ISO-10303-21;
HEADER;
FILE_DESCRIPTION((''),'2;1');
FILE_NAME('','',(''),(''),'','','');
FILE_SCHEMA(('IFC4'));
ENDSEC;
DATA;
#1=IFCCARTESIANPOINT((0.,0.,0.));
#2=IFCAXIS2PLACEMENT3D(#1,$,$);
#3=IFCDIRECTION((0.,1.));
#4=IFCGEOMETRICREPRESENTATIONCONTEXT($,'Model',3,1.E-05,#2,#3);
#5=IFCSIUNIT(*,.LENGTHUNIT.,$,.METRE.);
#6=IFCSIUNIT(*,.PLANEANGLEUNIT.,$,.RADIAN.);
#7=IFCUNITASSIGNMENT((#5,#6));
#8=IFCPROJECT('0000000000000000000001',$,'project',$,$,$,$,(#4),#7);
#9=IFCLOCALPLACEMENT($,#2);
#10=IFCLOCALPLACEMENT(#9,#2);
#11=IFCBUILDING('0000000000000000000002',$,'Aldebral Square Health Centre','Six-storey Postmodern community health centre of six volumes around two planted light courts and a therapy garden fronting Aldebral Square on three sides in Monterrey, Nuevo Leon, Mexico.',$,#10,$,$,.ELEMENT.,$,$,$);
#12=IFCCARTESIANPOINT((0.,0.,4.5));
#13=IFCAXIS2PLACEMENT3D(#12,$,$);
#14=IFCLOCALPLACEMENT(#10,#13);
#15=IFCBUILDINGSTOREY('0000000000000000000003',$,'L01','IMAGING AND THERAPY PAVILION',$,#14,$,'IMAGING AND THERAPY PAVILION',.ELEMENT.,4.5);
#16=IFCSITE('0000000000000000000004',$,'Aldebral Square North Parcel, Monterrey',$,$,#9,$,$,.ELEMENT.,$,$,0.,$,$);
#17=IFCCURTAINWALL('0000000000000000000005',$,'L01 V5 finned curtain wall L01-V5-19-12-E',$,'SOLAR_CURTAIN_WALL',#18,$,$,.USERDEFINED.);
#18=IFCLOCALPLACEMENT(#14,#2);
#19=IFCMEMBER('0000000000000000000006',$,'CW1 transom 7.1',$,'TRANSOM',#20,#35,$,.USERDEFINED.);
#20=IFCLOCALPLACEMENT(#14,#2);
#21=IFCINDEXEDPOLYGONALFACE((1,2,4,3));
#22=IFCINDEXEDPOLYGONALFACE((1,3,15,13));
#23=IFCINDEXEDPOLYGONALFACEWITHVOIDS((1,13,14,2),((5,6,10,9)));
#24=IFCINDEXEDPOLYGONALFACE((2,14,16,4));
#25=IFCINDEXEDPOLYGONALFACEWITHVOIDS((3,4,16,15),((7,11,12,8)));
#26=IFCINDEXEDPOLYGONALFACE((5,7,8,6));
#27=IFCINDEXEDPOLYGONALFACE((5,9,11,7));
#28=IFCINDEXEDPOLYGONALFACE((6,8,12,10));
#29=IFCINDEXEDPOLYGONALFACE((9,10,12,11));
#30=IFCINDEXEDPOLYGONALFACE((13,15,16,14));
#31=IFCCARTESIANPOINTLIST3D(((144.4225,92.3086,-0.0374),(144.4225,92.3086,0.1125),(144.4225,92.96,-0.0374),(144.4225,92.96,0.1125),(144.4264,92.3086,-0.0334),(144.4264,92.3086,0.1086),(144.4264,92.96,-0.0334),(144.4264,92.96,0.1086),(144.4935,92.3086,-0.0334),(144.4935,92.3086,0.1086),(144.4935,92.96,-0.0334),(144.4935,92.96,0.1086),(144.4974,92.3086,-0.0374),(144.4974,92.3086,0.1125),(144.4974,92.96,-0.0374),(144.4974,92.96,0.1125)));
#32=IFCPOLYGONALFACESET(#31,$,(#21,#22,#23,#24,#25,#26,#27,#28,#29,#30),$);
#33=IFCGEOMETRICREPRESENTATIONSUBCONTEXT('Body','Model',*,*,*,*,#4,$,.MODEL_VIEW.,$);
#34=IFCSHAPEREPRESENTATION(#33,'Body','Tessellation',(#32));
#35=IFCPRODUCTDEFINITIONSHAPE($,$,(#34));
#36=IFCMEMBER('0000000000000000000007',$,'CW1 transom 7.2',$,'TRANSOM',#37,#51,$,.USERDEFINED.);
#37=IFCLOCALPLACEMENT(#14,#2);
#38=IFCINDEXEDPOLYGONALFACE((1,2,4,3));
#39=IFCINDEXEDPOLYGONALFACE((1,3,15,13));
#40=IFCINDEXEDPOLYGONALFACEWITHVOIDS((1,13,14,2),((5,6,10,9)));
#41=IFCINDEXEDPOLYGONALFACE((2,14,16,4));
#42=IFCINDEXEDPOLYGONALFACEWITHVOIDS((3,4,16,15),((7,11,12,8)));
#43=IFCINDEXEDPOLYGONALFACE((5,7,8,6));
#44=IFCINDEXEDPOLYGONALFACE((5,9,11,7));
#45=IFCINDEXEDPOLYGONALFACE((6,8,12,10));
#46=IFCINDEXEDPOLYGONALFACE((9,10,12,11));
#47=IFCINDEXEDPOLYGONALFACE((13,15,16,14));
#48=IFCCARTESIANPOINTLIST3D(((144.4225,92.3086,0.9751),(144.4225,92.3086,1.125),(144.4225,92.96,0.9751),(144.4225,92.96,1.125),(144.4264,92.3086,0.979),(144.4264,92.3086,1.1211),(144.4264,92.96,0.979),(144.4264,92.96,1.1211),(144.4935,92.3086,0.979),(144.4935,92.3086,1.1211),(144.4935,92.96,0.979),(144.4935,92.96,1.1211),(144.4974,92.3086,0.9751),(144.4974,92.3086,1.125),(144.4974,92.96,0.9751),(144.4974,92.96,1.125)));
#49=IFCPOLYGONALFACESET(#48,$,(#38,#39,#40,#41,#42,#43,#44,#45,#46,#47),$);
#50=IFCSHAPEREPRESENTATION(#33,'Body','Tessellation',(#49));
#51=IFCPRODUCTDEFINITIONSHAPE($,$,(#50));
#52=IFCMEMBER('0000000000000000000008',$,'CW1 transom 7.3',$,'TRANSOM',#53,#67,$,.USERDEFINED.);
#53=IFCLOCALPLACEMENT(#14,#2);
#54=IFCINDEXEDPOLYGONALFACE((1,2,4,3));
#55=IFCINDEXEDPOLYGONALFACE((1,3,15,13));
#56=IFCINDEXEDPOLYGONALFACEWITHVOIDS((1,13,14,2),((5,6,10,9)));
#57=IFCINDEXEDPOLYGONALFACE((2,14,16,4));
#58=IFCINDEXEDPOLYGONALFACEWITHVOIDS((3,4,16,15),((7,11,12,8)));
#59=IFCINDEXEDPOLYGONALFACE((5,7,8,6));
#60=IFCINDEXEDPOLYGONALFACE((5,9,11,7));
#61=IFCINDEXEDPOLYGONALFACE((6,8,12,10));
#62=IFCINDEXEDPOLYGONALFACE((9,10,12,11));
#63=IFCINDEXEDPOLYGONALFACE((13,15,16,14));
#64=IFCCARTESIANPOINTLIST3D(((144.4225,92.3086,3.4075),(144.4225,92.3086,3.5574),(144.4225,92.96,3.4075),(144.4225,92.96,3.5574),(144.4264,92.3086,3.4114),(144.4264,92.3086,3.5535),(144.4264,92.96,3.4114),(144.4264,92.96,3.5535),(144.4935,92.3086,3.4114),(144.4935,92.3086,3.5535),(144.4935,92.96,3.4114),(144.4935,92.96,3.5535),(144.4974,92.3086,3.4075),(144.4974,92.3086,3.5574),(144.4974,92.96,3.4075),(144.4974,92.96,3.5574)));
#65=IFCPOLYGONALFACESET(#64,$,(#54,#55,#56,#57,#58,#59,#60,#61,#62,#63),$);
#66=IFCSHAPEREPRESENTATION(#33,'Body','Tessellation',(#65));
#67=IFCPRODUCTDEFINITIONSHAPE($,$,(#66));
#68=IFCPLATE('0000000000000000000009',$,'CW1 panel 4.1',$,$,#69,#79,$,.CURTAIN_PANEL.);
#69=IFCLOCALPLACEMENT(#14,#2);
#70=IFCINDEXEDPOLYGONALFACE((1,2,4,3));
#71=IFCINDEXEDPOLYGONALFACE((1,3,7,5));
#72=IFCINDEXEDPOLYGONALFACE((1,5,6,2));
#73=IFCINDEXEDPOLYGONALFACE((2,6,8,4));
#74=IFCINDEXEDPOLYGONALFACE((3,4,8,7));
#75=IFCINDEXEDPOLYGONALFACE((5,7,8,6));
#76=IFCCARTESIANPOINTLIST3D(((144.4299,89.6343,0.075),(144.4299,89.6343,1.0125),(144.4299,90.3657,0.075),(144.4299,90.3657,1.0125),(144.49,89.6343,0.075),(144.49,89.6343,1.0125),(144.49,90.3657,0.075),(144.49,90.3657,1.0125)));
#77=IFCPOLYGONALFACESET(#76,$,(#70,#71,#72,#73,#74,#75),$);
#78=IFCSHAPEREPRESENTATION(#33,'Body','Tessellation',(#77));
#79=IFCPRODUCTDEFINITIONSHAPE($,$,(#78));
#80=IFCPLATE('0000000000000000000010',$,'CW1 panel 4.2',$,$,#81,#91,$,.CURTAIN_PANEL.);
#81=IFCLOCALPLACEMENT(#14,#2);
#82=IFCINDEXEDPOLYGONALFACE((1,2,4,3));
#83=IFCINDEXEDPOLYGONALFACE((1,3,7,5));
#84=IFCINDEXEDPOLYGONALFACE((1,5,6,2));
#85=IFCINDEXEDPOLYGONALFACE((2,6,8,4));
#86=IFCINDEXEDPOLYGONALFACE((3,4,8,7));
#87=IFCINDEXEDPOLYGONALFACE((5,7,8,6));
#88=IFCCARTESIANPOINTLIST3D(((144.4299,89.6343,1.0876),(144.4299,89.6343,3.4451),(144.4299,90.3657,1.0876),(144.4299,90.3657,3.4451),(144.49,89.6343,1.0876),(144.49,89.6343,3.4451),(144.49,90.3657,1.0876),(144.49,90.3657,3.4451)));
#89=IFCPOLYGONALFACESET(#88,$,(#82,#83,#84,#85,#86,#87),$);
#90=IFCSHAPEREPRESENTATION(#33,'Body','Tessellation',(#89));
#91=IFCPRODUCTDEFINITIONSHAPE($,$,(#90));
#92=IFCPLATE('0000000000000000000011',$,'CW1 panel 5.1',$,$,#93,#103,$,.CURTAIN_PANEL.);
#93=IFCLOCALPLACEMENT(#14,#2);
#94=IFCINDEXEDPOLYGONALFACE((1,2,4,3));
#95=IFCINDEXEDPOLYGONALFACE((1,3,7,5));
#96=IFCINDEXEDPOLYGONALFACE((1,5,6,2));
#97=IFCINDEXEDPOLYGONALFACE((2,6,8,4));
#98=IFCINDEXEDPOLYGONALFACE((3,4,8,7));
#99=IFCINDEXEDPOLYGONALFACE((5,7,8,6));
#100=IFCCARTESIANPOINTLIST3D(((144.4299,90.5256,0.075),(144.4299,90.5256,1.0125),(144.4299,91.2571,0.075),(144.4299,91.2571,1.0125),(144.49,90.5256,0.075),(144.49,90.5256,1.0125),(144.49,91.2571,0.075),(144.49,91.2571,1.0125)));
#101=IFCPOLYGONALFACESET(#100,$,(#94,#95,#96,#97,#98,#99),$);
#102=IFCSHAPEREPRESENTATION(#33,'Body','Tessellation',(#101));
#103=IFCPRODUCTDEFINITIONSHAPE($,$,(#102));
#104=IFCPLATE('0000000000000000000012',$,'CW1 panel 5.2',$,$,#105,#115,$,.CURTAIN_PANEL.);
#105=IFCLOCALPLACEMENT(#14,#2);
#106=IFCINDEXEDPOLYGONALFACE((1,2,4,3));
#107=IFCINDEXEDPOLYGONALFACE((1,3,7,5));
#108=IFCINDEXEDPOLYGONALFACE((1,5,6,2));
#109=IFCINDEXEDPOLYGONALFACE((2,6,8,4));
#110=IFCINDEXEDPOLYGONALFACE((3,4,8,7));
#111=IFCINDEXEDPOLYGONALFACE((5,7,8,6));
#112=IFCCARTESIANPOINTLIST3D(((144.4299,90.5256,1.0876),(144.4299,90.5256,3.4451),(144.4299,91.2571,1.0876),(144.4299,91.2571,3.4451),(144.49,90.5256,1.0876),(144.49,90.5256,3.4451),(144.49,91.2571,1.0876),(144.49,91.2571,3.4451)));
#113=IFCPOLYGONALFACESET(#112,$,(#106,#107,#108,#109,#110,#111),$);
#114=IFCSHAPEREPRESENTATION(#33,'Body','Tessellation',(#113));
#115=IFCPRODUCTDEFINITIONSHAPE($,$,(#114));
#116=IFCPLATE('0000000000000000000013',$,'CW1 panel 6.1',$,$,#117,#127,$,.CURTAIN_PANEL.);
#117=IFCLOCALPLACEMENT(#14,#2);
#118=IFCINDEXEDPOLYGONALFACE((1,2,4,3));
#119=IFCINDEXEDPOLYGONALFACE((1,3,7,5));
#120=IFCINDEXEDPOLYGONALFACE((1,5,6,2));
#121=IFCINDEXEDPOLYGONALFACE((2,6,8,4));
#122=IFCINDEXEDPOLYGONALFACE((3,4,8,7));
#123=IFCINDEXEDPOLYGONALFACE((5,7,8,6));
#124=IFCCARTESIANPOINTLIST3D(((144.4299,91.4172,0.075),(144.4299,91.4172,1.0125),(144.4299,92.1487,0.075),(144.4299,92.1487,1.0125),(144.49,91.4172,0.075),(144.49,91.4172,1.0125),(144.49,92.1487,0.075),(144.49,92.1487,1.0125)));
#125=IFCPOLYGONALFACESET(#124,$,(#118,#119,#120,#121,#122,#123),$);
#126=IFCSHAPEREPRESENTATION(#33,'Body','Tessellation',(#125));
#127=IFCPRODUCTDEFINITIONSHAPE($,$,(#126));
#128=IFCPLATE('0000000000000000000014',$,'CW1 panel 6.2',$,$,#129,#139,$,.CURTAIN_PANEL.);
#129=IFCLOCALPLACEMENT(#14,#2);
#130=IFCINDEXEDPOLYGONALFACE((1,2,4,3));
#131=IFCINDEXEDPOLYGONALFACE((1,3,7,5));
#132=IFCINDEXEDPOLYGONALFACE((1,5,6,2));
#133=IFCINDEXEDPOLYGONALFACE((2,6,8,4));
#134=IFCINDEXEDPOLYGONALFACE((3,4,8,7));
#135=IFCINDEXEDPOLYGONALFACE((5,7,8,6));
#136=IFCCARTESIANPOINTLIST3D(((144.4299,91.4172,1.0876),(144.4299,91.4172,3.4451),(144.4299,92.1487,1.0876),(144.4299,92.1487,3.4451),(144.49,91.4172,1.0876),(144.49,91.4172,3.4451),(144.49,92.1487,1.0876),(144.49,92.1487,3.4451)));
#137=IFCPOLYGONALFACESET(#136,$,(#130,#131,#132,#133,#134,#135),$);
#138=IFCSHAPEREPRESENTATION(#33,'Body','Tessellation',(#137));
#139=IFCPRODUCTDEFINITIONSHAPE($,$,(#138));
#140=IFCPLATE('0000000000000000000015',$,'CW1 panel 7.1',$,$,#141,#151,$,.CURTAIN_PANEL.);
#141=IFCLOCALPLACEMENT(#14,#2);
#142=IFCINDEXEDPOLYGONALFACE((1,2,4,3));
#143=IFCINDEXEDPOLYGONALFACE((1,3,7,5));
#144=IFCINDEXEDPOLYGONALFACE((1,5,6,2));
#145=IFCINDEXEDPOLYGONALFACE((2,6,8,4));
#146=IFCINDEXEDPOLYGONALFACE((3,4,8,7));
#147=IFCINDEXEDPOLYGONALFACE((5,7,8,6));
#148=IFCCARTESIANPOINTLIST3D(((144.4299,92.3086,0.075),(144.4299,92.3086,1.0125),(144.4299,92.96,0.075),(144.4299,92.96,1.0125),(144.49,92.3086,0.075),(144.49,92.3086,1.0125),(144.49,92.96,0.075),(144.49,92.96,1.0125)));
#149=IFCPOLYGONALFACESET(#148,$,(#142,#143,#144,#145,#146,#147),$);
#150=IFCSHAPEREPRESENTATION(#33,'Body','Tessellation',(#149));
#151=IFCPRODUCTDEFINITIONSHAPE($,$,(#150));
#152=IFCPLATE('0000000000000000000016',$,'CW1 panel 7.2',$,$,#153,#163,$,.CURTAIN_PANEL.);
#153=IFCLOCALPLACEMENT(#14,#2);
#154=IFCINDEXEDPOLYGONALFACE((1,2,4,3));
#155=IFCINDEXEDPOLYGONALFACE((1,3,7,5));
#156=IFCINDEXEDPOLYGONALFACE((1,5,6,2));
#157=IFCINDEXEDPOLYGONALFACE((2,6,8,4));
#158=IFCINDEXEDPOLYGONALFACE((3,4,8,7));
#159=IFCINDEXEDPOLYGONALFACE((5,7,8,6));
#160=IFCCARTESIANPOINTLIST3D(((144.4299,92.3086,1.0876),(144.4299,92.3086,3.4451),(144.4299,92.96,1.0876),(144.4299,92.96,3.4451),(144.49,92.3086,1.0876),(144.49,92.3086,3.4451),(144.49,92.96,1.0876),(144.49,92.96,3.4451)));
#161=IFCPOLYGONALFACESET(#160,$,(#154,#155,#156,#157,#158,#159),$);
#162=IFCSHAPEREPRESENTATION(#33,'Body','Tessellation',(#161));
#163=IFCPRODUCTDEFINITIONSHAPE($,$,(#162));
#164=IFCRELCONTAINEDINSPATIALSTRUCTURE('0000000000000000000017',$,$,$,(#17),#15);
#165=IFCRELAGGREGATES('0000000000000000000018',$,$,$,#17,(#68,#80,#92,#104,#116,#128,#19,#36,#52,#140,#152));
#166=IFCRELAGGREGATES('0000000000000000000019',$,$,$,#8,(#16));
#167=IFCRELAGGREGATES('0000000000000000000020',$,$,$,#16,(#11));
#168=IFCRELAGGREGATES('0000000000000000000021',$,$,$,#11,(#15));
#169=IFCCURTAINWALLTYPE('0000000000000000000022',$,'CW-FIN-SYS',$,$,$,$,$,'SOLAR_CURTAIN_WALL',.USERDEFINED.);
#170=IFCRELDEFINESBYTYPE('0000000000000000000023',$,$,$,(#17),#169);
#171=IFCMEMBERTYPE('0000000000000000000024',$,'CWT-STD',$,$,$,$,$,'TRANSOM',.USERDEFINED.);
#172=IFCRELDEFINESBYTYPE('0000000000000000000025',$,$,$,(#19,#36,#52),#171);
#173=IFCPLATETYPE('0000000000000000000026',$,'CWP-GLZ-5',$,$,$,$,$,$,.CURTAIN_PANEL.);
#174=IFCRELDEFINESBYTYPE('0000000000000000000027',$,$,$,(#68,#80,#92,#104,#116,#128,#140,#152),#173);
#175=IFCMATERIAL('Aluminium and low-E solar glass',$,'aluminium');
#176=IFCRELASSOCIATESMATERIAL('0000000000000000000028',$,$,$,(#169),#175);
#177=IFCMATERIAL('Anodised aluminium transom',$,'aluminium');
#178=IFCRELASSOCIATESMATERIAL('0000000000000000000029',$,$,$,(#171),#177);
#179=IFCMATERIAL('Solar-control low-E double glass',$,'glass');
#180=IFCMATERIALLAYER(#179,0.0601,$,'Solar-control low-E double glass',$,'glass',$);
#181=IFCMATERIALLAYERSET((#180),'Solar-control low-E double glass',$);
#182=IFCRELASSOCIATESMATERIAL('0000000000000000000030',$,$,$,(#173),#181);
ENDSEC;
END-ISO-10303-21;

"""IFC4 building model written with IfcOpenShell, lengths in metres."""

from ifc_helpers import new_model, si_unit, direction, frame, origin, origin_2d, place, context, subcontext, project, spatial, rectangle, hollow_rectangle, extrude, material, layer, layer_set, material_profile, profile_set, type_object, element, aggregate, save


model = new_model("IFC4")

# Units and contexts
model_context = context("Model", 3, precision=1e-05, world=origin(), true_north=direction((0.0, 1.0)))
body_context = subcontext(model_context, "Body", "Model", "MODEL_VIEW")
ifc_project = project(units=[si_unit("LENGTHUNIT", "METRE"), si_unit("PLANEANGLEUNIT", "RADIAN")], contexts=[model_context])

# Site, building, storey
site_placement = place(None, origin())
site = spatial("IfcSite", under=ifc_project, at=site_placement, Name="Aldebral Square North Parcel, Monterrey", CompositionType="ELEMENT", RefElevation=0.0)
building_placement = place(site_placement, origin())
building = spatial("IfcBuilding", under=site, at=building_placement, Name="Aldebral Square Health Centre", Description="Six-storey Postmodern community health centre of six volumes around two planted light courts and a therapy garden fronting Aldebral Square on three sides in Monterrey, Nuevo Leon, Mexico.", CompositionType="ELEMENT")
storey_placement = place(building_placement, frame((0.0, 0.0, 4.5)))
storey = spatial("IfcBuildingStorey", under=building, at=storey_placement, Name="L01", Description="IMAGING AND THERAPY PAVILION", LongName="IMAGING AND THERAPY PAVILION", CompositionType="ELEMENT", Elevation=4.5)

# Curtain wall, members, plates
ifc_material_1 = material(Name="Aluminium and low-E solar glass", Category="aluminium")
curtain_wall_type = type_object("IfcCurtainWallType", Name="CW-FIN-SYS", ElementType="SOLAR_CURTAIN_WALL", PredefinedType="USERDEFINED", material=ifc_material_1)
curtain_wall_placement = place(storey_placement, origin())
curtain_wall = element("IfcCurtainWall", 1, at=curtain_wall_placement, inside=storey, type_object=curtain_wall_type, Name="L01 V5 finned curtain wall L01-V5-19-12-E", ObjectType="SOLAR_CURTAIN_WALL", PredefinedType="USERDEFINED")
ifc_material_2 = material(Name="Anodised aluminium transom", Category="aluminium")
ifc_material_profile_1 = material_profile(ifc_material_2, hollow_rectangle(XDim=0.075, YDim=0.1499, WallThickness=0.0039, at=origin_2d()), Name="CWT 75x150x4")
ifc_profile_set_1 = profile_set([ifc_material_profile_1], Name="Anodised aluminium transom")
member_type_1 = type_object("IfcMemberType", Name="CWT-STD", ElementType="TRANSOM", PredefinedType="USERDEFINED", material=ifc_profile_set_1)
member_1_placement = place(storey_placement, frame((144.46, 92.3086, 0.0376), z_axis=(0.0, 1.0, 0.0), x_axis=(-1.0, 0.0, 0.0)))
member_1 = element("IfcMember", 2, at=member_1_placement, type_object=member_type_1, Name="CW1 transom 7.1", ObjectType="TRANSOM", PredefinedType="USERDEFINED", context=body_context, shape_type="SweptSolid", body=[
    extrude(hollow_rectangle(XDim=0.075, YDim=0.1499, WallThickness=0.0039, at=origin_2d()), origin(), (0.0, 0.0, 1.0), 0.6514),
])
member_2_placement = place(storey_placement, frame((144.46, 92.3086, 1.05), z_axis=(0.0, 1.0, 0.0), x_axis=(-1.0, 0.0, 0.0)))
member_2 = element("IfcMember", 3, at=member_2_placement, type_object=member_type_1, Name="CW1 transom 7.2", ObjectType="TRANSOM", PredefinedType="USERDEFINED", context=body_context, shape_type="SweptSolid", body=[
    extrude(hollow_rectangle(XDim=0.075, YDim=0.1499, WallThickness=0.0039, at=origin_2d()), origin(), (0.0, 0.0, 1.0), 0.6514),
])
member_3_placement = place(storey_placement, frame((144.46, 92.3086, 3.4824), z_axis=(0.0, 1.0, 0.0), x_axis=(-1.0, 0.0, 0.0)))
member_3 = element("IfcMember", 4, at=member_3_placement, type_object=member_type_1, Name="CW1 transom 7.3", ObjectType="TRANSOM", PredefinedType="USERDEFINED", context=body_context, shape_type="SweptSolid", body=[
    extrude(hollow_rectangle(XDim=0.075, YDim=0.1499, WallThickness=0.0039, at=origin_2d()), origin(), (0.0, 0.0, 1.0), 0.6514),
])
ifc_material_3 = material(Name="Solar-control low-E double glass", Category="glass")
ifc_layer = layer(ifc_material_3, 0.0601, Name="Solar-control low-E double glass", Category="glass")
ifc_layer_set = layer_set([ifc_layer], Name="Solar-control low-E double glass")
plate_type = type_object("IfcPlateType", Name="CWP-GLZ-5", PredefinedType="CURTAIN_PANEL", material=ifc_layer_set)
plate_1_placement = place(storey_placement, frame((144.46, 90.0, 0.075), z_axis=(0.0, 0.0, 1.0), x_axis=(0.0, 1.0, 0.0)))
plate_1 = element("IfcPlate", 5, at=plate_1_placement, type_object=plate_type, Name="CW1 panel 4.1", PredefinedType="CURTAIN_PANEL", context=body_context, shape_type="SweptSolid", body=[
    extrude(rectangle(XDim=0.7314, YDim=0.0601, at=origin_2d()), origin(), (0.0, 0.0, 1.0), 0.9375),
])
plate_2_placement = place(storey_placement, frame((144.46, 90.0, 1.0876), z_axis=(0.0, 0.0, 1.0), x_axis=(0.0, 1.0, 0.0)))
plate_2 = element("IfcPlate", 6, at=plate_2_placement, type_object=plate_type, Name="CW1 panel 4.2", PredefinedType="CURTAIN_PANEL", context=body_context, shape_type="SweptSolid", body=[
    extrude(rectangle(XDim=0.7314, YDim=0.0601, at=origin_2d()), origin(), (0.0, 0.0, 1.0), 2.3574),
])
plate_3_placement = place(storey_placement, frame((144.46, 90.8914, 0.075), z_axis=(0.0, 0.0, 1.0), x_axis=(0.0, 1.0, 0.0)))
plate_3 = element("IfcPlate", 7, at=plate_3_placement, type_object=plate_type, Name="CW1 panel 5.1", PredefinedType="CURTAIN_PANEL", context=body_context, shape_type="SweptSolid", body=[
    extrude(rectangle(XDim=0.7314, YDim=0.0601, at=origin_2d()), origin(), (0.0, 0.0, 1.0), 0.9375),
])
plate_4_placement = place(storey_placement, frame((144.46, 90.8914, 1.0876), z_axis=(0.0, 0.0, 1.0), x_axis=(0.0, 1.0, 0.0)))
plate_4 = element("IfcPlate", 8, at=plate_4_placement, type_object=plate_type, Name="CW1 panel 5.2", PredefinedType="CURTAIN_PANEL", context=body_context, shape_type="SweptSolid", body=[
    extrude(rectangle(XDim=0.7314, YDim=0.0601, at=origin_2d()), origin(), (0.0, 0.0, 1.0), 2.3574),
])
plate_5_placement = place(storey_placement, frame((144.46, 91.783, 0.075), z_axis=(0.0, 0.0, 1.0), x_axis=(0.0, 1.0, 0.0)))
plate_5 = element("IfcPlate", 9, at=plate_5_placement, type_object=plate_type, Name="CW1 panel 6.1", PredefinedType="CURTAIN_PANEL", context=body_context, shape_type="SweptSolid", body=[
    extrude(rectangle(XDim=0.7314, YDim=0.0601, at=origin_2d()), origin(), (0.0, 0.0, 1.0), 0.9375),
])
plate_6_placement = place(storey_placement, frame((144.46, 91.783, 1.0876), z_axis=(0.0, 0.0, 1.0), x_axis=(0.0, 1.0, 0.0)))
plate_6 = element("IfcPlate", 10, at=plate_6_placement, type_object=plate_type, Name="CW1 panel 6.2", PredefinedType="CURTAIN_PANEL", context=body_context, shape_type="SweptSolid", body=[
    extrude(rectangle(XDim=0.7314, YDim=0.0601, at=origin_2d()), origin(), (0.0, 0.0, 1.0), 2.3574),
])
plate_7_placement = place(storey_placement, frame((144.46, 92.6343, 0.075), z_axis=(0.0, 0.0, 1.0), x_axis=(0.0, 1.0, 0.0)))
plate_7 = element("IfcPlate", 11, at=plate_7_placement, type_object=plate_type, Name="CW1 panel 7.1", PredefinedType="CURTAIN_PANEL", context=body_context, shape_type="SweptSolid", body=[
    extrude(rectangle(XDim=0.6514, YDim=0.0601, at=origin_2d()), origin(), (0.0, 0.0, 1.0), 0.9375),
])
plate_8_placement = place(storey_placement, frame((144.46, 92.6343, 1.0876), z_axis=(0.0, 0.0, 1.0), x_axis=(0.0, 1.0, 0.0)))
plate_8 = element("IfcPlate", 12, at=plate_8_placement, type_object=plate_type, Name="CW1 panel 7.2", PredefinedType="CURTAIN_PANEL", context=body_context, shape_type="SweptSolid", body=[
    extrude(rectangle(XDim=0.6514, YDim=0.0601, at=origin_2d()), origin(), (0.0, 0.0, 1.0), 2.3574),
])
aggregate(curtain_wall, [plate_1, plate_2, plate_3, plate_4, plate_5, plate_6, member_1, member_2, member_3, plate_7, plate_8])

save(model, "model.ifc")
